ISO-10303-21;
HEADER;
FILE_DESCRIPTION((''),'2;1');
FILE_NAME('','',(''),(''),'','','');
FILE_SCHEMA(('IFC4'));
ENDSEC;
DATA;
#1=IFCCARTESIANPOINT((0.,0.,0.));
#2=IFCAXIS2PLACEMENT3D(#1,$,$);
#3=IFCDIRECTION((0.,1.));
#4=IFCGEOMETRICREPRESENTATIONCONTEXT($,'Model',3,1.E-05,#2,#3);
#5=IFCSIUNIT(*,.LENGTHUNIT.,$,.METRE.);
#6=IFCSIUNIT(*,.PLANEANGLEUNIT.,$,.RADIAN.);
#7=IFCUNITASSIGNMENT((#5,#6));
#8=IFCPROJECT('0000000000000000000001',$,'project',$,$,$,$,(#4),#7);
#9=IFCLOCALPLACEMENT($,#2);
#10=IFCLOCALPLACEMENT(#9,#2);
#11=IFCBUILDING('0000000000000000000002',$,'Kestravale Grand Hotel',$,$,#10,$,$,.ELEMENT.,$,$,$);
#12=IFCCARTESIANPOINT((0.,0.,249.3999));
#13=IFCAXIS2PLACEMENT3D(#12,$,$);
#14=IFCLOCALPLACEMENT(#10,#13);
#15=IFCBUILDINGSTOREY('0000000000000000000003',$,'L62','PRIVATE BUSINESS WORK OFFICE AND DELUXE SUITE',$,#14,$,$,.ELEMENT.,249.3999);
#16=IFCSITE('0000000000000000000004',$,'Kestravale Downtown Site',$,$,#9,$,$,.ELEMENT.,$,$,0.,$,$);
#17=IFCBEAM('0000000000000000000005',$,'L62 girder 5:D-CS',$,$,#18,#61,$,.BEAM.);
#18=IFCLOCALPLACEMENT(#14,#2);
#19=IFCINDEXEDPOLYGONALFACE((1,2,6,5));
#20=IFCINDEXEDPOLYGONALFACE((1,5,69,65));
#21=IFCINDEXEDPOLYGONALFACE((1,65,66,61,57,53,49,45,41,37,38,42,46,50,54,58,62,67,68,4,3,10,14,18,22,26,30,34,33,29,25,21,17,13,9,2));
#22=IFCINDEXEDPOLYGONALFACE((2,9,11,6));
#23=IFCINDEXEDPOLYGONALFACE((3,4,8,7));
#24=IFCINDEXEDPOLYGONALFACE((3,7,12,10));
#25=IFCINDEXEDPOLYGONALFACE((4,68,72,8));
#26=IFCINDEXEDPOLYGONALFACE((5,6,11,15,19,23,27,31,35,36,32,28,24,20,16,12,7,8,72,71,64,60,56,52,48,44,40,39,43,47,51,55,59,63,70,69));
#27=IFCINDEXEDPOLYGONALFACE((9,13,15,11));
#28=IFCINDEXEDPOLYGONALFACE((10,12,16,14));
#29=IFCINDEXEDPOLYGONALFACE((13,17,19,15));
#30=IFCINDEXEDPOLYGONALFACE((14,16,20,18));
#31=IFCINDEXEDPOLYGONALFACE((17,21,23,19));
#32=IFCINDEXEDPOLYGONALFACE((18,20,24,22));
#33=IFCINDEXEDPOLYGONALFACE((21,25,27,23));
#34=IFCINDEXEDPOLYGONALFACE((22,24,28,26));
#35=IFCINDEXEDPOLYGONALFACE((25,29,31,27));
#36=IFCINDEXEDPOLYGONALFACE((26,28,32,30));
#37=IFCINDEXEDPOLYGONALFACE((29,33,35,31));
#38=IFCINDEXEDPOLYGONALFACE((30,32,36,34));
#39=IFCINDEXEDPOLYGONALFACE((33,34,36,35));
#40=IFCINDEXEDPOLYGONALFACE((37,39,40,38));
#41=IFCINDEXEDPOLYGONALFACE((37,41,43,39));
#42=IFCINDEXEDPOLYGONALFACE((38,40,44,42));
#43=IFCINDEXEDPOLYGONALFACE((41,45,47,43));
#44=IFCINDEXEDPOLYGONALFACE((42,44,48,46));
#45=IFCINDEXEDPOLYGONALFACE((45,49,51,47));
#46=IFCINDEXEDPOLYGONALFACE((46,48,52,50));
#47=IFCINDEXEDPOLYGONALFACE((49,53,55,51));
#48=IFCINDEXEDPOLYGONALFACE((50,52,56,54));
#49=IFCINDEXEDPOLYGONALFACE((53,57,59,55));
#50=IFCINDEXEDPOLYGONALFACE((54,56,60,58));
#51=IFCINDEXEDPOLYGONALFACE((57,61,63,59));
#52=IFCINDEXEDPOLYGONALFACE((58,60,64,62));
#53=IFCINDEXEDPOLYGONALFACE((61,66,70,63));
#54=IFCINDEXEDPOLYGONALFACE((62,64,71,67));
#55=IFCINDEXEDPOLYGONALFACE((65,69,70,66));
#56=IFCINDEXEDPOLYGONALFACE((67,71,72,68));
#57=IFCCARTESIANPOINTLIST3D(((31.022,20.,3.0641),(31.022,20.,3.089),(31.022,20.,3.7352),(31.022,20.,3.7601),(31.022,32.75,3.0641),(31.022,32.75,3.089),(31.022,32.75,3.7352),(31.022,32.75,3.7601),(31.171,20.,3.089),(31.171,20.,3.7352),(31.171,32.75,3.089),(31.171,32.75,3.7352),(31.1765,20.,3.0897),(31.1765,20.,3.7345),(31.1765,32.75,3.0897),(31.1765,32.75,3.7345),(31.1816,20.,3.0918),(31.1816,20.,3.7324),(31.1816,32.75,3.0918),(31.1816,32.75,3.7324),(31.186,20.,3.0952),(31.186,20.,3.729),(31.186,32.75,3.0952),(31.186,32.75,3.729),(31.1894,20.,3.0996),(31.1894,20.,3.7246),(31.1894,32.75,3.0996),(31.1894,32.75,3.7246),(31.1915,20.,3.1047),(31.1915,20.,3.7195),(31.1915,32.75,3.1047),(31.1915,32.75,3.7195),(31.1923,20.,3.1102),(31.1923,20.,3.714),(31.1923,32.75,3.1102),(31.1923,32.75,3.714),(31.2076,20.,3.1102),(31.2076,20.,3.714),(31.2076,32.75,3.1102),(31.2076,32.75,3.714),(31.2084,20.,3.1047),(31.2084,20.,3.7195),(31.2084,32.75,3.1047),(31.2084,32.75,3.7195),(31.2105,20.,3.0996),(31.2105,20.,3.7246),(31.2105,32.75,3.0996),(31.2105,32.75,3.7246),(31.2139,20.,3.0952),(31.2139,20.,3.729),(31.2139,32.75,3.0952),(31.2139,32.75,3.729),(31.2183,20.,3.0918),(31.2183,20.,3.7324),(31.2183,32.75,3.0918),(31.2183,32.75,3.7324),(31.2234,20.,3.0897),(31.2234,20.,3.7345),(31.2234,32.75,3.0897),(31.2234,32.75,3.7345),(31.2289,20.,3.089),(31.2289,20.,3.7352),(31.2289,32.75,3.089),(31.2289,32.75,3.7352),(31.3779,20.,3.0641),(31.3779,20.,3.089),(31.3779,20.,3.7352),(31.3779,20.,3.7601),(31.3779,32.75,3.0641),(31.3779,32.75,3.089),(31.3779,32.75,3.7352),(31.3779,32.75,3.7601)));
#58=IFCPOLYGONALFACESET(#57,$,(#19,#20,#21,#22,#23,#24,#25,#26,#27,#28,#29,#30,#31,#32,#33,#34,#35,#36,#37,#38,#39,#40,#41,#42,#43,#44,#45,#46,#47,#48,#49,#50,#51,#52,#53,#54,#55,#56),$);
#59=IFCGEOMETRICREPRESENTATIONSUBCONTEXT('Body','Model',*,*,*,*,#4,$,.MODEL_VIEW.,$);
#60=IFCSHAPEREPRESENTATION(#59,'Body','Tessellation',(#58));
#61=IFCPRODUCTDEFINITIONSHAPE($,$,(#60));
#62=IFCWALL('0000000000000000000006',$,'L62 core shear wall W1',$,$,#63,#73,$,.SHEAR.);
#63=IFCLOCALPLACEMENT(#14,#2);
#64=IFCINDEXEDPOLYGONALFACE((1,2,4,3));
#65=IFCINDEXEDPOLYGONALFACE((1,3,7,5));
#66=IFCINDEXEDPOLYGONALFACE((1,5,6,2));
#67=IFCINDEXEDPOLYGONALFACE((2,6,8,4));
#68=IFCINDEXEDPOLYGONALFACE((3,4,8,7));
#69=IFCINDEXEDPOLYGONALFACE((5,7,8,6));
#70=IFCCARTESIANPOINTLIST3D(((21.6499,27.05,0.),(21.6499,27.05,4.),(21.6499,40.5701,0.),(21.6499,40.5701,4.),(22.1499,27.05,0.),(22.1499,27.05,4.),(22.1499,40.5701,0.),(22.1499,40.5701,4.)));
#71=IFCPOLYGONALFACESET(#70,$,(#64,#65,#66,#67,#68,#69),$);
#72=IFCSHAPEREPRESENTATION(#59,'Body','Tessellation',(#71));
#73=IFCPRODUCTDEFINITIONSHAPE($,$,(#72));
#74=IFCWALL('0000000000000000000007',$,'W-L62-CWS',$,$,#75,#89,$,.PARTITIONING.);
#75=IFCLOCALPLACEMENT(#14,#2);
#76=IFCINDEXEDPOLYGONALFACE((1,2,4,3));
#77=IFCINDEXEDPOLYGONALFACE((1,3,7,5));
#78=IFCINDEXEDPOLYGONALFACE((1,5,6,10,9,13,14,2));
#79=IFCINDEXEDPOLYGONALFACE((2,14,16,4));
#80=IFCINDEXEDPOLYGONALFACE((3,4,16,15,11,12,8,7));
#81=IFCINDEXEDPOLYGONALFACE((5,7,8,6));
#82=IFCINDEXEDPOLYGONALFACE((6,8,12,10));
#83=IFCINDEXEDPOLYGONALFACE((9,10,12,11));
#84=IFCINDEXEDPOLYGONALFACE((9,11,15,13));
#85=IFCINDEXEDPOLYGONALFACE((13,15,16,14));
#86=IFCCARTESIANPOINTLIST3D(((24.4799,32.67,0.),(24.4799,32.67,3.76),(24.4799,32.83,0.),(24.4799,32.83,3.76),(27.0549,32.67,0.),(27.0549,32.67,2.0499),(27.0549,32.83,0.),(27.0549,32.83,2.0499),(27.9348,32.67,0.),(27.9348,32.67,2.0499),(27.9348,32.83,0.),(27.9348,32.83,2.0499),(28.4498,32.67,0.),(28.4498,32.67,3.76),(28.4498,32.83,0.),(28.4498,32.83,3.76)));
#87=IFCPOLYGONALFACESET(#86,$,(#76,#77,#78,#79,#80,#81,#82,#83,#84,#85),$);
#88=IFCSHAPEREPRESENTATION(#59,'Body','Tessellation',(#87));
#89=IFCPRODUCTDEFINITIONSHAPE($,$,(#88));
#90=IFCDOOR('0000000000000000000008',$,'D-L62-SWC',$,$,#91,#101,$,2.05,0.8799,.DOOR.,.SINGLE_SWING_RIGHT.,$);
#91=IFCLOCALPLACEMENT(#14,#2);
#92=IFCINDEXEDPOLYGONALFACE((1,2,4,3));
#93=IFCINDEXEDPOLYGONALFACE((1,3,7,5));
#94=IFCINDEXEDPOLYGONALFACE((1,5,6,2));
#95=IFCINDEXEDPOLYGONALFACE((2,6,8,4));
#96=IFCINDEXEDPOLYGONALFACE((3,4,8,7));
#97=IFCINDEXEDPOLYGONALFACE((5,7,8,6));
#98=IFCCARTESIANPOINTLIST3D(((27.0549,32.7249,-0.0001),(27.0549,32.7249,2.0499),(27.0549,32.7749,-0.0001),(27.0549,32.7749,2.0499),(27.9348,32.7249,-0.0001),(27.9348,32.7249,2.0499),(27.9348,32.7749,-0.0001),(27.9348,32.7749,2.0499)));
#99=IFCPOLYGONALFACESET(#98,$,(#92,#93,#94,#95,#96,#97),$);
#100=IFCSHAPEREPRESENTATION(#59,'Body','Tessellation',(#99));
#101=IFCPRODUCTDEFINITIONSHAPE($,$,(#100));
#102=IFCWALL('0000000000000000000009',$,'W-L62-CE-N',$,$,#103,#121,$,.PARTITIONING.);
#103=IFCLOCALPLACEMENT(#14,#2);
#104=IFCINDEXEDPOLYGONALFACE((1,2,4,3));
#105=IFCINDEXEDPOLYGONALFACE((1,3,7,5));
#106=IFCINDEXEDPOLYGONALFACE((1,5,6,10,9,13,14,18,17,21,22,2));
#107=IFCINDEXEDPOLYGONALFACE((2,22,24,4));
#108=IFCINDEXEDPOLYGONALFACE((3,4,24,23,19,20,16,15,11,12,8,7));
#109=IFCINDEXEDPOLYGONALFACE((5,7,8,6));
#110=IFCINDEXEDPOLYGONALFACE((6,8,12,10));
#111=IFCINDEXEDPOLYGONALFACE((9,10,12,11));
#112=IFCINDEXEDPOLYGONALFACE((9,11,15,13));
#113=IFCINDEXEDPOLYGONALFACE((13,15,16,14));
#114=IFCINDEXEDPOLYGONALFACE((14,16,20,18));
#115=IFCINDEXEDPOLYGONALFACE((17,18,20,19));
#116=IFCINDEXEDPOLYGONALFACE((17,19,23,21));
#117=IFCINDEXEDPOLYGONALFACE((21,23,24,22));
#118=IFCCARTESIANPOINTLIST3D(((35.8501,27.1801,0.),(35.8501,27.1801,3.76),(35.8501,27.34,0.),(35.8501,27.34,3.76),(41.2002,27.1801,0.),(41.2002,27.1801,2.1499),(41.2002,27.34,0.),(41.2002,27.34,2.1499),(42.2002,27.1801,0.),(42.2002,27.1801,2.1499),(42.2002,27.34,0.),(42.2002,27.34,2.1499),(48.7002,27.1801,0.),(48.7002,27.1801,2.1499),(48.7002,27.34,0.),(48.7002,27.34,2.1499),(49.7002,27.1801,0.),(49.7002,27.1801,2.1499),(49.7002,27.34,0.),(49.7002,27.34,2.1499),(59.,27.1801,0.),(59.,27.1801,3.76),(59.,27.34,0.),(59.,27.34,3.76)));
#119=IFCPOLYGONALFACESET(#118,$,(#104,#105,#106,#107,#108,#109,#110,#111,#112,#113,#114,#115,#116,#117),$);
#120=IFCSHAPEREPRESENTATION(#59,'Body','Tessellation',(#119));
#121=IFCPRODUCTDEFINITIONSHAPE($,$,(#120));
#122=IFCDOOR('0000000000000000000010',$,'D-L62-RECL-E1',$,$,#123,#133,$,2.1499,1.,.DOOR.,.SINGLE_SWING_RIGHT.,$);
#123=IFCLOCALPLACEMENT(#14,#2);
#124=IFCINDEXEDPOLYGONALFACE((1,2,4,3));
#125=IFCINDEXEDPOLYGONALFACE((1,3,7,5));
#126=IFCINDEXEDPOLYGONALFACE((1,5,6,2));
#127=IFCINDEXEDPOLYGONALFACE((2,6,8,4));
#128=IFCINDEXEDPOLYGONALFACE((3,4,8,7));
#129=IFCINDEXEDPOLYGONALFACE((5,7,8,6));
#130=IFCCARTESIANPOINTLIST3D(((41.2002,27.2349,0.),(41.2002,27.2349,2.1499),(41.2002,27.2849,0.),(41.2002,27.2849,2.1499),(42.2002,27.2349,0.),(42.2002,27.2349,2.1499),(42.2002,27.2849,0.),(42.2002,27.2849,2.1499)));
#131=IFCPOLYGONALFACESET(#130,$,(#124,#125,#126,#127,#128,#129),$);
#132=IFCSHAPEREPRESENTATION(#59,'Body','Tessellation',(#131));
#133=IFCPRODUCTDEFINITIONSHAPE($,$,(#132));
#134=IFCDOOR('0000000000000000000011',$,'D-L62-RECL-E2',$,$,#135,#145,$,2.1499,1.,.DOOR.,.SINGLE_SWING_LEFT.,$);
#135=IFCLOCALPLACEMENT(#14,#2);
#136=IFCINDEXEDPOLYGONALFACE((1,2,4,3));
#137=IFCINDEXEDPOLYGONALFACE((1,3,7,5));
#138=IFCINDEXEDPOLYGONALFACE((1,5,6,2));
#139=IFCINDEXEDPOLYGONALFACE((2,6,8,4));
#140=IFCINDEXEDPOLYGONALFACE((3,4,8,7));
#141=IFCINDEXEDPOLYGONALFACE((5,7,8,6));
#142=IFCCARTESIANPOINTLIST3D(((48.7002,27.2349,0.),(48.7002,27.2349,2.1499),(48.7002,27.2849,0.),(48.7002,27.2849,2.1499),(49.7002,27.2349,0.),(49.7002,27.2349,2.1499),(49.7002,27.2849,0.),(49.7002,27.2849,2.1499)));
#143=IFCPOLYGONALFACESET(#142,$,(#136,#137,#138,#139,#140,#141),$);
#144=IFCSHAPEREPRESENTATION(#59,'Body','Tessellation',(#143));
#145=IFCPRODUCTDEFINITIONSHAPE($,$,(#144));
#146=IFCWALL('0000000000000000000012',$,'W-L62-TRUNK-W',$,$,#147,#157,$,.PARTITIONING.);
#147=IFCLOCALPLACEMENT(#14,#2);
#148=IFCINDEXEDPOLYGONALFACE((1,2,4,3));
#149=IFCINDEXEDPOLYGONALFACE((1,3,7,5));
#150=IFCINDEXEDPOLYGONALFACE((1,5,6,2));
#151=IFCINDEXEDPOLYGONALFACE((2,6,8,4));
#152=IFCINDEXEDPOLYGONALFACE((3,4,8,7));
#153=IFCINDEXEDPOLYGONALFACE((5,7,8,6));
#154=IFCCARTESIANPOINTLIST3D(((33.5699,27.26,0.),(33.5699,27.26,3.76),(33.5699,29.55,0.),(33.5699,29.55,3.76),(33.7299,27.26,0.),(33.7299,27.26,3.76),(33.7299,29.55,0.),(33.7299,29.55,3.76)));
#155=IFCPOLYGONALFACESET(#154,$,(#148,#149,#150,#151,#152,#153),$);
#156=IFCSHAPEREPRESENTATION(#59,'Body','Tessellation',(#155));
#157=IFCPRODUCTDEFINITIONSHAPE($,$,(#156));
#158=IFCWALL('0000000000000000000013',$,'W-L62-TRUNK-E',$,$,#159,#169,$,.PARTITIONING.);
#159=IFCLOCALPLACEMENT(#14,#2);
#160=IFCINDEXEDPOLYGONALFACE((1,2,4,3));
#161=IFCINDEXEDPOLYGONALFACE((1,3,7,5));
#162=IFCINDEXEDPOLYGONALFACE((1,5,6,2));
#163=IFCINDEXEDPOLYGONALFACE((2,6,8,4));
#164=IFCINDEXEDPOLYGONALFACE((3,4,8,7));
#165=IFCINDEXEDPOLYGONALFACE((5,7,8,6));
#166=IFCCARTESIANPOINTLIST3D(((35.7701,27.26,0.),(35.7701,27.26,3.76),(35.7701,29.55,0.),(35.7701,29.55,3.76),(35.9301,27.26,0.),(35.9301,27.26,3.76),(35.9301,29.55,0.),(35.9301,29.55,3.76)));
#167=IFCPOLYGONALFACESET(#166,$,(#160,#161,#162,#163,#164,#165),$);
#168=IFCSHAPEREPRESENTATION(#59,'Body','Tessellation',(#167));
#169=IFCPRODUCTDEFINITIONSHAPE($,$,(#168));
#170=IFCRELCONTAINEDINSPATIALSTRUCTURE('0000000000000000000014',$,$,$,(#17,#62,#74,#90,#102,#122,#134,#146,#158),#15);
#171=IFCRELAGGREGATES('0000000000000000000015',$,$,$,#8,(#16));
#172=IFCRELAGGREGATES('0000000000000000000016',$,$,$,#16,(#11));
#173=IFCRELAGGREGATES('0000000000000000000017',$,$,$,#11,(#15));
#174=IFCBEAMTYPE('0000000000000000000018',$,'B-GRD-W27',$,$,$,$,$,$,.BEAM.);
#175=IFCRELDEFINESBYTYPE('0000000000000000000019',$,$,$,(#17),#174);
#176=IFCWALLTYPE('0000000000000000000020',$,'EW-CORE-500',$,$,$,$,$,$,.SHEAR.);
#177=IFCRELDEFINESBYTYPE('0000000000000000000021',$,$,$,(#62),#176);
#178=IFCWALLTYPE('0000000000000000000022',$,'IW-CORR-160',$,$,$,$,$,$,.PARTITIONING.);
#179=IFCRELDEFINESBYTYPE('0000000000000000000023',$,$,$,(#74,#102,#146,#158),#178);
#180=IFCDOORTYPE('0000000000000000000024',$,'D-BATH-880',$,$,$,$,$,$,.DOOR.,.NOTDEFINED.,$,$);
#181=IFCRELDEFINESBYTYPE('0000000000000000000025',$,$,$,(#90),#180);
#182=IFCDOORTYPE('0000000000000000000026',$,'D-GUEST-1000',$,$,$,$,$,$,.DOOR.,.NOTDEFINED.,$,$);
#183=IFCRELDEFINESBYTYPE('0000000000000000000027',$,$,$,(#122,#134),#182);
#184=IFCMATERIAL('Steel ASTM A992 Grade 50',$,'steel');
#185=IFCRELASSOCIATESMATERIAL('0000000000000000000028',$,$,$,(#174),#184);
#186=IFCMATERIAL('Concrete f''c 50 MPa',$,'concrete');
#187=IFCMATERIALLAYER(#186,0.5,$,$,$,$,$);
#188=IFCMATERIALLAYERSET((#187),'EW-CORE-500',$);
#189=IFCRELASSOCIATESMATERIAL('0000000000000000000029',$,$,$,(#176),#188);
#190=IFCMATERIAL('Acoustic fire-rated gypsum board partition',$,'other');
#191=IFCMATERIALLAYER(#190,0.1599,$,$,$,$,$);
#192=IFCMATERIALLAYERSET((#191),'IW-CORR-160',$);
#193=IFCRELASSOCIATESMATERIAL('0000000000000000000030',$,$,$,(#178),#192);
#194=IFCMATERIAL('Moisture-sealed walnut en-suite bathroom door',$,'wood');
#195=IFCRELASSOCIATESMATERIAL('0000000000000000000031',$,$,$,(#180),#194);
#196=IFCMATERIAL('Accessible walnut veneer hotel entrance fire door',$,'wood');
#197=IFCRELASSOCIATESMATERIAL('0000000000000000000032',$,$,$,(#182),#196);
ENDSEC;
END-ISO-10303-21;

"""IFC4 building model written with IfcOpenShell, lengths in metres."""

from ifc_helpers import new_model, si_unit, direction, frame, frame_2d, origin, origin_2d, place, context, subcontext, project, spatial, rectangle, i_section, extrude, material, layer, layer_set, material_profile, profile_set, type_object, element, fill, save


model = new_model("IFC4")

# Units and contexts
model_context = context("Model", 3, precision=1e-05, world=origin(), true_north=direction((0.0, 1.0)))
body_context = subcontext(model_context, "Body", "Model", "MODEL_VIEW")
ifc_project = project(units=[si_unit("LENGTHUNIT", "METRE"), si_unit("PLANEANGLEUNIT", "RADIAN")], contexts=[model_context])

# Site, building, storey
site_placement = place(None, origin())
site = spatial("IfcSite", under=ifc_project, at=site_placement, Name="Kestravale Downtown Site", CompositionType="ELEMENT", RefElevation=0.0)
building_placement = place(site_placement, origin())
building = spatial("IfcBuilding", under=site, at=building_placement, Name="Kestravale Grand Hotel", CompositionType="ELEMENT")
storey_placement = place(building_placement, frame((0.0, 0.0, 249.3999)))
storey = spatial("IfcBuildingStorey", under=building, at=storey_placement, Name="L62", Description="PRIVATE BUSINESS WORK OFFICE AND DELUXE SUITE", CompositionType="ELEMENT", Elevation=249.3999)

# Beam
ifc_material_1 = material(Name="Steel ASTM A992 Grade 50", Category="steel")
ifc_material_profile_1 = material_profile(ifc_material_1, i_section(OverallWidth=0.356, OverallDepth=0.696, WebThickness=0.0154, FlangeThickness=0.0249, FilletRadius=0.0212, at=origin_2d()))
ifc_profile_set_1 = profile_set([ifc_material_profile_1], Name="Steel ASTM A992 Grade 50")
beam_type = type_object("IfcBeamType", Name="B-GRD-W27", PredefinedType="BEAM", material=ifc_profile_set_1)
for number, where, z_axis, x_axis, name in (
    (1, (31.2, 20.0, 3.4121), (0.0, 1.0, 0.0), (-1.0, 0.0, 0.0), "L62 girder 5:D-CS"),
):
    element("IfcBeam", number, at=place(storey_placement, frame(where, z_axis=z_axis, x_axis=x_axis)), inside=storey, type_object=beam_type, Name=name, PredefinedType="BEAM", context=body_context, shape_type="SweptSolid", body=[
        extrude(i_section(OverallWidth=0.356, OverallDepth=0.696, WebThickness=0.0154, FlangeThickness=0.0249, FilletRadius=0.0212, at=origin_2d()), origin(), (0.0, 0.0, 1.0), 12.75),
    ])

# Wall
ifc_material_2 = material(Name="Concrete f'c 50 MPa", Category="concrete")
ifc_layer_1 = layer(ifc_material_2, 0.5)
ifc_layer_set_1 = layer_set([ifc_layer_1], Name="EW-CORE-500")
wall_type_1 = type_object("IfcWallType", Name="EW-CORE-500", PredefinedType="SHEAR", material=ifc_layer_set_1)
wall_1_placement = place(storey_placement, frame((21.8999, 27.05, 0.0), z_axis=(0.0, 0.0, 1.0), x_axis=(0.0, 1.0, 0.0)))
element("IfcWall", 2, at=wall_1_placement, inside=storey, type_object=wall_type_1, Name="L62 core shear wall W1", PredefinedType="SHEAR", context=body_context, shape_type="SweptSolid", body=[
    extrude(rectangle(XDim=13.52, YDim=0.5, at=frame_2d((6.76, 0.0))), origin(), (0.0, 0.0, 1.0), 4.0),
])

# Wall, opening, door
ifc_material_3 = material(Name="Acoustic fire-rated gypsum board partition", Category="other")
ifc_layer_2 = layer(ifc_material_3, 0.1599)
ifc_layer_set_2 = layer_set([ifc_layer_2], Name="IW-CORR-160")
wall_type_2 = type_object("IfcWallType", Name="IW-CORR-160", PredefinedType="PARTITIONING", material=ifc_layer_set_2)
wall_2_placement = place(storey_placement, frame((24.48, 32.75, 0.0), z_axis=(0.0, 0.0, 1.0), x_axis=(1.0, 0.0, 0.0)))
wall_2 = element("IfcWall", 3, at=wall_2_placement, inside=storey, type_object=wall_type_2, Name="W-L62-CWS", PredefinedType="PARTITIONING", context=body_context, shape_type="SweptSolid", body=[
    extrude(rectangle(XDim=3.97, YDim=0.1599, at=frame_2d((1.9849, 0.0))), origin(), (0.0, 0.0, 1.0), 3.76),
])
opening_1_placement = place(wall_2_placement, frame((2.575, 0.0, 0.0)))
opening_1 = element("IfcOpeningElement", 4, at=opening_1_placement, cuts=wall_2, PredefinedType="OPENING", context=body_context, shape_type="SweptSolid", body=[
    extrude(rectangle(XDim=0.8799, YDim=2.05, at=frame_2d((0.4399, 1.0249))), frame((0.0, 0.0898, 0.0), z_axis=(0.0, -1.0, 0.0), x_axis=(1.0, 0.0, 0.0)), (0.0, 0.0, 1.0), 0.1799),
])
ifc_material_4 = material(Name="Moisture-sealed walnut en-suite bathroom door", Category="wood")
door_type_1 = type_object("IfcDoorType", Name="D-BATH-880", OperationType="NOTDEFINED", PredefinedType="DOOR", material=ifc_material_4)
door_1_placement = place(opening_1_placement, origin())
door_1 = element("IfcDoor", 5, at=door_1_placement, inside=storey, type_object=door_type_1, Name="D-L62-SWC", OperationType="SINGLE_SWING_RIGHT", OverallHeight=2.05, OverallWidth=0.8799, PredefinedType="DOOR", context=body_context, shape_type="SweptSolid", body=[
    extrude(rectangle(XDim=0.8799, YDim=2.05, at=frame_2d((0.4399, 1.0249))), frame((0.0, 0.0249, 0.0), z_axis=(0.0, -1.0, 0.0), x_axis=(1.0, 0.0, 0.0)), (0.0, 0.0, 1.0), 0.05),
])
fill(opening_1, door_1)

# Wall, openings, doors
wall_3_placement = place(storey_placement, frame((35.8501, 27.26, 0.0), z_axis=(0.0, 0.0, 1.0), x_axis=(1.0, 0.0, 0.0)))
wall_3 = element("IfcWall", 6, at=wall_3_placement, inside=storey, type_object=wall_type_2, Name="W-L62-CE-N", PredefinedType="PARTITIONING", context=body_context, shape_type="SweptSolid", body=[
    extrude(rectangle(XDim=23.1499, YDim=0.1599, at=frame_2d((11.575, 0.0))), origin(), (0.0, 0.0, 1.0), 3.76),
])
opening_2_placement = place(wall_3_placement, frame((5.3501, 0.0, 0.0)))
opening_2 = element("IfcOpeningElement", 7, at=opening_2_placement, cuts=wall_3, PredefinedType="OPENING", context=body_context, shape_type="SweptSolid", body=[
    extrude(rectangle(XDim=1.0, YDim=2.1499, at=frame_2d((0.5, 1.075))), frame((0.0, 0.0898, 0.0), z_axis=(0.0, -1.0, 0.0), x_axis=(1.0, 0.0, 0.0)), (0.0, 0.0, 1.0), 0.1799),
])
opening_3_placement = place(wall_3_placement, frame((12.8501, 0.0, 0.0)))
opening_3 = element("IfcOpeningElement", 8, at=opening_3_placement, cuts=wall_3, PredefinedType="OPENING", context=body_context, shape_type="SweptSolid", body=[
    extrude(rectangle(XDim=1.0, YDim=2.1499, at=frame_2d((0.5, 1.075))), frame((0.0, 0.0898, 0.0), z_axis=(0.0, -1.0, 0.0), x_axis=(1.0, 0.0, 0.0)), (0.0, 0.0, 1.0), 0.1799),
])
ifc_material_5 = material(Name="Accessible walnut veneer hotel entrance fire door", Category="wood")
door_type_2 = type_object("IfcDoorType", Name="D-GUEST-1000", OperationType="NOTDEFINED", PredefinedType="DOOR", material=ifc_material_5)
door_2_placement = place(opening_2_placement, origin())
door_2 = element("IfcDoor", 9, at=door_2_placement, inside=storey, type_object=door_type_2, Name="D-L62-RECL-E1", OperationType="SINGLE_SWING_RIGHT", OverallHeight=2.1499, OverallWidth=1.0, PredefinedType="DOOR", context=body_context, shape_type="SweptSolid", body=[
    extrude(rectangle(XDim=1.0, YDim=2.1499, at=frame_2d((0.5, 1.075))), frame((0.0, 0.0249, 0.0), z_axis=(0.0, -1.0, 0.0), x_axis=(1.0, 0.0, 0.0)), (0.0, 0.0, 1.0), 0.05),
])
fill(opening_2, door_2)
door_3_placement = place(opening_3_placement, origin())
door_3 = element("IfcDoor", 10, at=door_3_placement, inside=storey, type_object=door_type_2, Name="D-L62-RECL-E2", OperationType="SINGLE_SWING_LEFT", OverallHeight=2.1499, OverallWidth=1.0, PredefinedType="DOOR", context=body_context, shape_type="SweptSolid", body=[
    extrude(rectangle(XDim=1.0, YDim=2.1499, at=frame_2d((0.5, 1.075))), frame((0.0, 0.0249, 0.0), z_axis=(0.0, -1.0, 0.0), x_axis=(1.0, 0.0, 0.0)), (0.0, 0.0, 1.0), 0.05),
])
fill(opening_3, door_3)

# Walls
for number, where, z_axis, x_axis, name in (
    (11, (33.6499, 27.26, 0.0), (0.0, 0.0, 1.0), (0.0, 1.0, 0.0), "W-L62-TRUNK-W"),
    (12, (35.8501, 27.26, 0.0), (0.0, 0.0, 1.0), (0.0, 1.0, 0.0), "W-L62-TRUNK-E"),
):
    element("IfcWall", number, at=place(storey_placement, frame(where, z_axis=z_axis, x_axis=x_axis)), inside=storey, type_object=wall_type_2, Name=name, PredefinedType="PARTITIONING", context=body_context, shape_type="SweptSolid", body=[
        extrude(rectangle(XDim=2.29, YDim=0.1599, at=frame_2d((1.145, 0.0))), origin(), (0.0, 0.0, 1.0), 3.76),
    ])

save(model, "model.ifc")
